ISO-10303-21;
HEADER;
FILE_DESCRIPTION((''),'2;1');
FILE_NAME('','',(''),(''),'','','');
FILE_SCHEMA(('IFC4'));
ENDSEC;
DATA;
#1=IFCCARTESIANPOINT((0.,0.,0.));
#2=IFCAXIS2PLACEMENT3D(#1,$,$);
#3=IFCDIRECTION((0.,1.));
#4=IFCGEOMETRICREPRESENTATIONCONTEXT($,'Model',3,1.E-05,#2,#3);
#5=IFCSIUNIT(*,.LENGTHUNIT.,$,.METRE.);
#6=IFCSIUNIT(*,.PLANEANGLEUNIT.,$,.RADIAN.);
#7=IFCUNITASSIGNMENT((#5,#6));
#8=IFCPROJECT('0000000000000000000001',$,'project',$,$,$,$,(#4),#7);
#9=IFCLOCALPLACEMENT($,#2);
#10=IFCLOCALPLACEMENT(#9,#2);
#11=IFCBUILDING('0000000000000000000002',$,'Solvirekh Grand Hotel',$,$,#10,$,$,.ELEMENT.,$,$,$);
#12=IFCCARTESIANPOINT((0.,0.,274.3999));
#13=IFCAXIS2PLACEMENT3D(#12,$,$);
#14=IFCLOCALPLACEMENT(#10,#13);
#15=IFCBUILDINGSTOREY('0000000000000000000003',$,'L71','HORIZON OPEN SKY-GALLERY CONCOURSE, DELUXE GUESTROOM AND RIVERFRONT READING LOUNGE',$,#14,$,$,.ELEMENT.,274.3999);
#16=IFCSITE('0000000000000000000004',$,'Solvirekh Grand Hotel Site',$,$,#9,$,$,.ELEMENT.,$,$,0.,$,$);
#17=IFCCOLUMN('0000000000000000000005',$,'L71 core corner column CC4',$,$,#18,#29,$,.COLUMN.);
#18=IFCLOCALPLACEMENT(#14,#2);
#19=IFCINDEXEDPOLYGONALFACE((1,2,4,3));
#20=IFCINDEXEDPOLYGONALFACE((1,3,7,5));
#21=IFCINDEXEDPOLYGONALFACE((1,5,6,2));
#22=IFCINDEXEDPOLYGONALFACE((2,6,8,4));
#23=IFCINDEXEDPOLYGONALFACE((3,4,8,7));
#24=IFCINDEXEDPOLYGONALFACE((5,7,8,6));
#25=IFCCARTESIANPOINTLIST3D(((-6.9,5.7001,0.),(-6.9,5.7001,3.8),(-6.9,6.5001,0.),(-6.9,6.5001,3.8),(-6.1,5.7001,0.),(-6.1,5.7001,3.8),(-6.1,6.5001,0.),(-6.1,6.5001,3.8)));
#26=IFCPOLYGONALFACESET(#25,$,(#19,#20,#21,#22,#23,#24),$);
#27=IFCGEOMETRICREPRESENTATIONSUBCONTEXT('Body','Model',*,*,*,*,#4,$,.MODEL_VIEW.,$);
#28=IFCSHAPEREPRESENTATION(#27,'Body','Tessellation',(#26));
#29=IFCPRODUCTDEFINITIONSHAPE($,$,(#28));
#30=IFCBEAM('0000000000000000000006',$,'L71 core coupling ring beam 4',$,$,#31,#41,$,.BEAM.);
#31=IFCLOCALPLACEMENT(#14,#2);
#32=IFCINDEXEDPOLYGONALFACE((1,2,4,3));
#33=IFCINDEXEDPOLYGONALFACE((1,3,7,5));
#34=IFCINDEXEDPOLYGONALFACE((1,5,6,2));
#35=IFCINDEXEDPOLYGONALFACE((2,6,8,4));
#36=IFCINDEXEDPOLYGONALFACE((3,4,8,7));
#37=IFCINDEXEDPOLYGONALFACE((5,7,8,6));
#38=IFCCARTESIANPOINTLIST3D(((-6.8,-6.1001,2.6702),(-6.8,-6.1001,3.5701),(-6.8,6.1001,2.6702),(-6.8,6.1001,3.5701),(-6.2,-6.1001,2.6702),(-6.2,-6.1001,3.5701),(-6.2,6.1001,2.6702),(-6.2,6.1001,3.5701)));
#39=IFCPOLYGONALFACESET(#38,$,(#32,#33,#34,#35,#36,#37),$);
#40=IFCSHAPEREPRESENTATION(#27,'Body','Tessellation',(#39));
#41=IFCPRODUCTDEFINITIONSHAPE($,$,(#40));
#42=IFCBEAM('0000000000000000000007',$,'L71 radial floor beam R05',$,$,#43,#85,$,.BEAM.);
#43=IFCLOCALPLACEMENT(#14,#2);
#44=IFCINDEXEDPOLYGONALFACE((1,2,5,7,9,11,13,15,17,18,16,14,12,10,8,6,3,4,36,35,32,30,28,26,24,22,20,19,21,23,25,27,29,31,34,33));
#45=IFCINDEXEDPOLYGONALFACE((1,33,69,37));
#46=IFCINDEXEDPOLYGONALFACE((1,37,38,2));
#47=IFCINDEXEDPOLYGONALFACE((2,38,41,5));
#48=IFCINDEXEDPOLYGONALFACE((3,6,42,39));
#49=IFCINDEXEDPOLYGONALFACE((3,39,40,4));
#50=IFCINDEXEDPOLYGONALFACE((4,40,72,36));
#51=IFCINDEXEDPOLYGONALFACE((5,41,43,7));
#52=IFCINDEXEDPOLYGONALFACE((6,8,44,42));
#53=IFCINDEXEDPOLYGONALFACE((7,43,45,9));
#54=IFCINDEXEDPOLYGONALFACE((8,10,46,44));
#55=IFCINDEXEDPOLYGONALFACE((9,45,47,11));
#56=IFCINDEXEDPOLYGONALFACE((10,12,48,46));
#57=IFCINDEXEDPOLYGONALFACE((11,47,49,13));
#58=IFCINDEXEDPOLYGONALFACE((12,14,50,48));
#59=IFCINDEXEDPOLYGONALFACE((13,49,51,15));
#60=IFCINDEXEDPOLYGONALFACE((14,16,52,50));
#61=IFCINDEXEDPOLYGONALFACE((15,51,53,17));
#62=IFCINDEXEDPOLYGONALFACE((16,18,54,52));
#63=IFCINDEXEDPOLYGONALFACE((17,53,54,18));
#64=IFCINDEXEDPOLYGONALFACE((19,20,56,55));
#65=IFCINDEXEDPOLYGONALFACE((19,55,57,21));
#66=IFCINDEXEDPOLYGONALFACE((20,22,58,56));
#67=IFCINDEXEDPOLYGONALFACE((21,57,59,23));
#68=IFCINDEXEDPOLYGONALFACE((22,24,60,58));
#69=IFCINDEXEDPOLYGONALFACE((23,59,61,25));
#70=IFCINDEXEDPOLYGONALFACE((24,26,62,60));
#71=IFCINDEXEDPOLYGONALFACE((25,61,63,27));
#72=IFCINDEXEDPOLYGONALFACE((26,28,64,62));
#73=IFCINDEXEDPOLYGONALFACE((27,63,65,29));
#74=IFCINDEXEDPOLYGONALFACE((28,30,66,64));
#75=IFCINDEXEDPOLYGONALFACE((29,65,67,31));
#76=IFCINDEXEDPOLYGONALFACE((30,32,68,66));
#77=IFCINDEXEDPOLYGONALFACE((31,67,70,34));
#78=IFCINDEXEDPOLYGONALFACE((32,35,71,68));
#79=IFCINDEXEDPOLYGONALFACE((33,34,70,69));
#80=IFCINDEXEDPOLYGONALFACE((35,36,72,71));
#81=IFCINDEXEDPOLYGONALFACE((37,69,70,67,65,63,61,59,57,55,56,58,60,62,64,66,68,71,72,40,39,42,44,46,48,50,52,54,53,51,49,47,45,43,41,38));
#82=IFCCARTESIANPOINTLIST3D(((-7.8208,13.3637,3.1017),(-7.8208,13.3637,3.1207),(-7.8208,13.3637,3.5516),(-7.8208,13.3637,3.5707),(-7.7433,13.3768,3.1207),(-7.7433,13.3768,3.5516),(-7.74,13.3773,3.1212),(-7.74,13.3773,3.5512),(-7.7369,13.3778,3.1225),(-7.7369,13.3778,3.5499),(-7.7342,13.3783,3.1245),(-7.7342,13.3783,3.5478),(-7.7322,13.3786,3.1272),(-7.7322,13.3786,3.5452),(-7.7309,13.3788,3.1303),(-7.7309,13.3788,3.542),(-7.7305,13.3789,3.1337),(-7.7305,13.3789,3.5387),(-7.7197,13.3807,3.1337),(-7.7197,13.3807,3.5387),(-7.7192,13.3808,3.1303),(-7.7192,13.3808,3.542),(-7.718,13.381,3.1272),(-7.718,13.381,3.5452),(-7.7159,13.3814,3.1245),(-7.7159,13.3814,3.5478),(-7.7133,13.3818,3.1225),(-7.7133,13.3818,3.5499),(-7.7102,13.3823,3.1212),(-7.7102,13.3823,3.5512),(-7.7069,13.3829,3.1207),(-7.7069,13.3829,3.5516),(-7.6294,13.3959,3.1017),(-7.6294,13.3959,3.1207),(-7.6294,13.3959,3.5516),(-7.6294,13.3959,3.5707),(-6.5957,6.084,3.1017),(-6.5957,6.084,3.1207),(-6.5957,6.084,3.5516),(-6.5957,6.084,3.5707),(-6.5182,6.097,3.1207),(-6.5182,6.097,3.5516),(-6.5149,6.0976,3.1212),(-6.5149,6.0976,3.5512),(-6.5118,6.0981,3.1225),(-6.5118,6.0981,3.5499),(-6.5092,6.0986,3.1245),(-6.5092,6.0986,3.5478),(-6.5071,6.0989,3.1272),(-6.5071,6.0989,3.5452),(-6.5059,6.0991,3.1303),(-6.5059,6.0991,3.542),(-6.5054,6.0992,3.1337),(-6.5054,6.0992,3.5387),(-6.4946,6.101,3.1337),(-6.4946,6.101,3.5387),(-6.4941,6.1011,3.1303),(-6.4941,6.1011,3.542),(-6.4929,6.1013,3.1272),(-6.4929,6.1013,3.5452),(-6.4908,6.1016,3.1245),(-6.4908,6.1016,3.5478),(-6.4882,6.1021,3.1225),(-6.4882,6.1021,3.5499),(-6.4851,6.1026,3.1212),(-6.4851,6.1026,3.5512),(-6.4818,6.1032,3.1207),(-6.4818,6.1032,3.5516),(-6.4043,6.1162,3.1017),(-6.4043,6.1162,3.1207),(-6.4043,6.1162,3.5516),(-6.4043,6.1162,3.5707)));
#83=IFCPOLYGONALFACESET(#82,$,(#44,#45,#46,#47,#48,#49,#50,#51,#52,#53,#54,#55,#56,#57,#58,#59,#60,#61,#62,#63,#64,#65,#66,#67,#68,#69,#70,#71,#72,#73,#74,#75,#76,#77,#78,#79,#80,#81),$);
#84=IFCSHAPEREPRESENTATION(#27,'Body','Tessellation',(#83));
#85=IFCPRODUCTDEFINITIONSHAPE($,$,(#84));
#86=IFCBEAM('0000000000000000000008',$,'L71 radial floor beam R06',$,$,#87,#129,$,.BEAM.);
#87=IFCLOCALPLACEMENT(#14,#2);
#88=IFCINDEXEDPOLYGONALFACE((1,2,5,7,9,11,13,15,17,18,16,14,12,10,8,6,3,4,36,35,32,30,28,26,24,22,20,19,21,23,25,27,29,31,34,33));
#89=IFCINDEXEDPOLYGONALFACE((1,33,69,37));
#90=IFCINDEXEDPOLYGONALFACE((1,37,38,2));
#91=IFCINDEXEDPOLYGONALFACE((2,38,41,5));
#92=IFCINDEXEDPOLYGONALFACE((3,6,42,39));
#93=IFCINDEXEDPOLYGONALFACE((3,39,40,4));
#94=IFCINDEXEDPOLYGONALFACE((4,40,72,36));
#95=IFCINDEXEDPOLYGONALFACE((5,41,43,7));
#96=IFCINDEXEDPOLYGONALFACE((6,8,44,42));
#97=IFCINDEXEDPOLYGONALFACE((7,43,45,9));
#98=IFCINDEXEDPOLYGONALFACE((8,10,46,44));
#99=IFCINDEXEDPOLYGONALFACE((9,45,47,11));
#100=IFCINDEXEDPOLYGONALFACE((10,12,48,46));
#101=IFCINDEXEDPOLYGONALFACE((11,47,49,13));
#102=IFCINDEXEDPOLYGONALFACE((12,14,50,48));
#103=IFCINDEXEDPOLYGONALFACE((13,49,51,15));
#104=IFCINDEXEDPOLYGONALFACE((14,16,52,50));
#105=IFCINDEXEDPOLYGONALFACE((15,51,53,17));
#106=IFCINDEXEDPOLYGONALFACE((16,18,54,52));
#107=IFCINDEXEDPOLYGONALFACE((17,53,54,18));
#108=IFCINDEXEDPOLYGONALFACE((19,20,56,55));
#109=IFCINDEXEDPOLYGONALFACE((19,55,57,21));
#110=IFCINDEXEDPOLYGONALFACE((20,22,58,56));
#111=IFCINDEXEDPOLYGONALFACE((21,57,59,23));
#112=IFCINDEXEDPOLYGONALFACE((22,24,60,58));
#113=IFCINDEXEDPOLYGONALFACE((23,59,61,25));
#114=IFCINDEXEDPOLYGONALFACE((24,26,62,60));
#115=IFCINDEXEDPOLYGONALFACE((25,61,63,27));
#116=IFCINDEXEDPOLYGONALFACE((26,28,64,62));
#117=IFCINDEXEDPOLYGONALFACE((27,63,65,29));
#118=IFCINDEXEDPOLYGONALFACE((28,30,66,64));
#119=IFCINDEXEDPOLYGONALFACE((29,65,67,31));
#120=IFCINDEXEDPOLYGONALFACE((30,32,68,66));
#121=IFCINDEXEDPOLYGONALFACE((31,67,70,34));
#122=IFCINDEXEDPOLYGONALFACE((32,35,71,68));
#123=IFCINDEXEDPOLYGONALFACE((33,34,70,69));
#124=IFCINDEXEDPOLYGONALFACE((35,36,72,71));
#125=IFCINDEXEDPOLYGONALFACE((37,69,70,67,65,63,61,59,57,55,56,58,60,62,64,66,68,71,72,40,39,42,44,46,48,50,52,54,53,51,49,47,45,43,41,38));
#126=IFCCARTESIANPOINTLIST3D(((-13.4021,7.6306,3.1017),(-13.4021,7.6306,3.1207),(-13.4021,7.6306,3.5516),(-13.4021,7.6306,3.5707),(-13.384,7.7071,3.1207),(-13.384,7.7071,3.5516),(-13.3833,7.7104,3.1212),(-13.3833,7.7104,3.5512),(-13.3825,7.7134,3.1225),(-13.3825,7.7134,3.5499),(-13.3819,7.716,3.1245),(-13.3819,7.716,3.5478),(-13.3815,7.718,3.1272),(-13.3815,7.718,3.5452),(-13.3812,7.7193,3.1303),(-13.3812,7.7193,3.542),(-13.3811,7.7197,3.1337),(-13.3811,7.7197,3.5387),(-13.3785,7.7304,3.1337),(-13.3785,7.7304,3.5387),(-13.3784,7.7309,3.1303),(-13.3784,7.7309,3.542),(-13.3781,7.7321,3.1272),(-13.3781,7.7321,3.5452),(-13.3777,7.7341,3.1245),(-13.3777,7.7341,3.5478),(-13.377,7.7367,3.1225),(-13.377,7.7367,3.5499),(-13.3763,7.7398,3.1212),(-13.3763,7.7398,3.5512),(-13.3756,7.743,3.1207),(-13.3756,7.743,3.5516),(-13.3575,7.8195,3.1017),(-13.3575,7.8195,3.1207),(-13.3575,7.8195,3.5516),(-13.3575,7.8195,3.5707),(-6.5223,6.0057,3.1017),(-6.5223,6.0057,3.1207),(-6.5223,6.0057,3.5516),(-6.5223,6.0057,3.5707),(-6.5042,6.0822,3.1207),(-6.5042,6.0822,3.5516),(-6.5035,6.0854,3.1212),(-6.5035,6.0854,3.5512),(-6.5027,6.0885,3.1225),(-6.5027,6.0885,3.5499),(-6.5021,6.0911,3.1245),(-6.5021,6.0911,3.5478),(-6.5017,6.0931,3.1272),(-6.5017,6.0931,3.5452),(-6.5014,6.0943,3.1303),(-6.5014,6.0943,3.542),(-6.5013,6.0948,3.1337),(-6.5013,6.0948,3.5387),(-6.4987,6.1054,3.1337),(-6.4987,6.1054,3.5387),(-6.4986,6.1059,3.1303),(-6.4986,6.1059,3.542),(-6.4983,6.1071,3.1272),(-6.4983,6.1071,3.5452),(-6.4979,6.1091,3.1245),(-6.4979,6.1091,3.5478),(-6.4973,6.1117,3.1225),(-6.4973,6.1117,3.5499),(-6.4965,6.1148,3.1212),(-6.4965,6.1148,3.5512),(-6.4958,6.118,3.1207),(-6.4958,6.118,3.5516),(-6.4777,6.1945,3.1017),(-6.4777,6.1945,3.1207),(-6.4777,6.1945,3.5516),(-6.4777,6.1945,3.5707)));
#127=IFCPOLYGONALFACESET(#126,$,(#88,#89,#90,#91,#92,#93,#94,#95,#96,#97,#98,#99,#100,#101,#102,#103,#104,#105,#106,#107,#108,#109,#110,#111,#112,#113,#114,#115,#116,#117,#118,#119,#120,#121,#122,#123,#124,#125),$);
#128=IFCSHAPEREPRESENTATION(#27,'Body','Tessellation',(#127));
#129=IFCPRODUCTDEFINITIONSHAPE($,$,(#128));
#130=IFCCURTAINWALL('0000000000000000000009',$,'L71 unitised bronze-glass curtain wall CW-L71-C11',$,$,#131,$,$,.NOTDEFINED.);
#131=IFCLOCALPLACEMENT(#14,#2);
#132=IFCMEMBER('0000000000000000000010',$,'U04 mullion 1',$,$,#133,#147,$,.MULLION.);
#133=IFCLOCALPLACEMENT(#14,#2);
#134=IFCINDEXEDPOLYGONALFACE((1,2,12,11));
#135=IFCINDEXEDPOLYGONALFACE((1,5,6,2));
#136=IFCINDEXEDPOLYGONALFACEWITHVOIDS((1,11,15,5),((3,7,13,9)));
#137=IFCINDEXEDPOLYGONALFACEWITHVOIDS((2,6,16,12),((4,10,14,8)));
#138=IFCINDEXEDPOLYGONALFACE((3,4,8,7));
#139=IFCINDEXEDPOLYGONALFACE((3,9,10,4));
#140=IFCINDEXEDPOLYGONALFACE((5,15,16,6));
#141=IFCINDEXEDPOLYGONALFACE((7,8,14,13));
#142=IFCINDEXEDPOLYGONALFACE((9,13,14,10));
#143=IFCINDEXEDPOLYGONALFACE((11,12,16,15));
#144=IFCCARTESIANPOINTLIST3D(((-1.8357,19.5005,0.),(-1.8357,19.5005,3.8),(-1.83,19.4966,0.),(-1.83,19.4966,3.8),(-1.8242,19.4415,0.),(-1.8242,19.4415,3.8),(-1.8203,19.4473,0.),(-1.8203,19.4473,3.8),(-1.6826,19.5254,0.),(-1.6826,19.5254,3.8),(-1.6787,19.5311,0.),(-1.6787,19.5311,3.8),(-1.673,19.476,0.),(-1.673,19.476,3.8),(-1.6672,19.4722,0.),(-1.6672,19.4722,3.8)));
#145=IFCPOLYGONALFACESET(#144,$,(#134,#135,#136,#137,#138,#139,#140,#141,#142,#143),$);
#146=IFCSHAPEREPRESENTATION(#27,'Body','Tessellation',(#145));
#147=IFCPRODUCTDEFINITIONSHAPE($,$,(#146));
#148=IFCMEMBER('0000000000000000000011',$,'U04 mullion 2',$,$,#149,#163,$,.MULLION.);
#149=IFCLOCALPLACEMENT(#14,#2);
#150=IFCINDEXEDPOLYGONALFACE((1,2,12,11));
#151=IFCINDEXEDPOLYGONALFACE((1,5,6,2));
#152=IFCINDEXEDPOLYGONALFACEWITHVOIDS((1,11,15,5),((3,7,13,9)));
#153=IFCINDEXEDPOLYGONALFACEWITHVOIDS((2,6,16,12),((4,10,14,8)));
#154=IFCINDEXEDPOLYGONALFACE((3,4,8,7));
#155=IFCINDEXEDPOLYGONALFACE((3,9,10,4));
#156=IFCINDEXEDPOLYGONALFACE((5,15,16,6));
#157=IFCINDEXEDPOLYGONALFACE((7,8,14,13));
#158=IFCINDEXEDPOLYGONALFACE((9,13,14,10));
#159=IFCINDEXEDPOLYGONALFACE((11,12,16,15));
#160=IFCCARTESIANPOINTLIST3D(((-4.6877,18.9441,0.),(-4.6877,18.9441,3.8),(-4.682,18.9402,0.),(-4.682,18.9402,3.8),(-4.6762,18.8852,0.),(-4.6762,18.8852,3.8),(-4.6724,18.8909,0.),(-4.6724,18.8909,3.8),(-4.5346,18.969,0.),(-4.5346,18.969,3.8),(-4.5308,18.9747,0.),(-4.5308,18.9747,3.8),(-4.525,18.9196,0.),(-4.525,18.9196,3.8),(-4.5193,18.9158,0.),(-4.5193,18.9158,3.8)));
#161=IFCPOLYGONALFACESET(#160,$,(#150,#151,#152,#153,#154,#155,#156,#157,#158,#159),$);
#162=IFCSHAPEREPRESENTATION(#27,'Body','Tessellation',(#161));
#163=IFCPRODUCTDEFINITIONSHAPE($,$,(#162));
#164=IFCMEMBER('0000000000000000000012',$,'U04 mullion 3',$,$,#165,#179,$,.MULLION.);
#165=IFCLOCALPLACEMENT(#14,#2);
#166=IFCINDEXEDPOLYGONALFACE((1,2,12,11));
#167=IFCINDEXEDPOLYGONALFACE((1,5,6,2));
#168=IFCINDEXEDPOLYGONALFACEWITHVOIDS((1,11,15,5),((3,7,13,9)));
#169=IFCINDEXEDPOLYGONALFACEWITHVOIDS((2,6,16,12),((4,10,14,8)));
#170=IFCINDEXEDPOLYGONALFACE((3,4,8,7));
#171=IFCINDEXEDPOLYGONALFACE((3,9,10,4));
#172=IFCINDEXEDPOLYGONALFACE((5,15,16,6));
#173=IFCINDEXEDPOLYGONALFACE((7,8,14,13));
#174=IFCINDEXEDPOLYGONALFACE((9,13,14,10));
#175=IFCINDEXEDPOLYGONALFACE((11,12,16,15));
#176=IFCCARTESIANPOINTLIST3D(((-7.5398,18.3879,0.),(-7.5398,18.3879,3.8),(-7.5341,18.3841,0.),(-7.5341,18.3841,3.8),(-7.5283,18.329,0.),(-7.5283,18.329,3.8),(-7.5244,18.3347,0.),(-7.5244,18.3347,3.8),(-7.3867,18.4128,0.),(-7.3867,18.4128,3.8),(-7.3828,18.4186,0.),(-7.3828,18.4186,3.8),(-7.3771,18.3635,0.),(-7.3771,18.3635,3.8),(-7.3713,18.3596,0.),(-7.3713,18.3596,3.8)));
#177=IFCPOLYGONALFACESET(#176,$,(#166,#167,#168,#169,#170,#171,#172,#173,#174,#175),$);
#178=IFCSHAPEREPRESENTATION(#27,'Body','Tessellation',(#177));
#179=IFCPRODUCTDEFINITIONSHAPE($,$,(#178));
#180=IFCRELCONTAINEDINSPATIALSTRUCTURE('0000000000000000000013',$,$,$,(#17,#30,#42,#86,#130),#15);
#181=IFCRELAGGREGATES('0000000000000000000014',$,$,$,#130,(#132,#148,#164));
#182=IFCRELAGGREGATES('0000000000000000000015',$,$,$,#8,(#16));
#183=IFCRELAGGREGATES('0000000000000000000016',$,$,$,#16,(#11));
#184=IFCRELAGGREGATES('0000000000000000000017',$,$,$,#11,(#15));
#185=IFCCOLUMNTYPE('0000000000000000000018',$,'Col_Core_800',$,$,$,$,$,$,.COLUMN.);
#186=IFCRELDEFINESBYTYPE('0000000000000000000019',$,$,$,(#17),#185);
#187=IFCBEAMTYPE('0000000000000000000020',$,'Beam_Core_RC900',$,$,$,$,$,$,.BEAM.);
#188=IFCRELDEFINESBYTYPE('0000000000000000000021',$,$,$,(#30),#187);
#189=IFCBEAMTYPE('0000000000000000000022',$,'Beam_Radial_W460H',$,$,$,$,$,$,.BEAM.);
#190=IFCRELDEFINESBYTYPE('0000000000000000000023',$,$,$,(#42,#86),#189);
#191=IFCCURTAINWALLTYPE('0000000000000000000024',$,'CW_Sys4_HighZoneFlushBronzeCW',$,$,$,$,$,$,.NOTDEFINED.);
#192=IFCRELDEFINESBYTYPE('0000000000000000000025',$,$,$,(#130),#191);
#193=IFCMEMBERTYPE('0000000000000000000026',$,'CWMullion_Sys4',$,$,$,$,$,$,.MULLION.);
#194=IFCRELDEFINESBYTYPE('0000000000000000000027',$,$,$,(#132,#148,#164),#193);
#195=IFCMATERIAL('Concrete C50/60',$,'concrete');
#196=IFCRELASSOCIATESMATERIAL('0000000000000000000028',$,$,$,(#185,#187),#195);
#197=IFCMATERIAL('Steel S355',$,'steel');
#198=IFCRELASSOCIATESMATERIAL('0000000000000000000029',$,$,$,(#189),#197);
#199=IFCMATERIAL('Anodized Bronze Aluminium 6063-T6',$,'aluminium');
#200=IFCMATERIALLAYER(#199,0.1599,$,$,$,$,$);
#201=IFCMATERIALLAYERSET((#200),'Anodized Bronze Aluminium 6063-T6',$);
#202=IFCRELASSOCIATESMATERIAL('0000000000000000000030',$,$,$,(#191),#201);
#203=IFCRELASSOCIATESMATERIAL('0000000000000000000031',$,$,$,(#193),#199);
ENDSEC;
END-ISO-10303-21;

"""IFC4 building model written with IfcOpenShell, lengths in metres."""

from ifc_helpers import new_model, si_unit, direction, frame, origin, origin_2d, place, context, subcontext, project, spatial, rectangle, hollow_rectangle, i_section, extrude, source, transform, mapped, material, layer, layer_set, material_profile, profile_set, type_object, element, aggregate, save


model = new_model("IFC4")

# Units and contexts
model_context = context("Model", 3, precision=1e-05, world=origin(), true_north=direction((0.0, 1.0)))
body_context = subcontext(model_context, "Body", "Model", "MODEL_VIEW")
ifc_project = project(units=[si_unit("LENGTHUNIT", "METRE"), si_unit("PLANEANGLEUNIT", "RADIAN")], contexts=[model_context])

# Site, building, storey
site_placement = place(None, origin())
site = spatial("IfcSite", under=ifc_project, at=site_placement, Name="Solvirekh Grand Hotel Site", CompositionType="ELEMENT", RefElevation=0.0)
building_placement = place(site_placement, origin())
building = spatial("IfcBuilding", under=site, at=building_placement, Name="Solvirekh Grand Hotel", CompositionType="ELEMENT")
storey_placement = place(building_placement, frame((0.0, 0.0, 274.3999)))
storey = spatial("IfcBuildingStorey", under=building, at=storey_placement, Name="L71", Description="HORIZON OPEN SKY-GALLERY CONCOURSE, DELUXE GUESTROOM AND RIVERFRONT READING LOUNGE", CompositionType="ELEMENT", Elevation=274.3999)

# Column
ifc_material_1 = material(Name="Concrete C50/60", Category="concrete")
ifc_material_profile_1 = material_profile(ifc_material_1, rectangle(XDim=0.8, YDim=0.8, at=origin_2d()), Name="RC 800X800")
ifc_profile_set_1 = profile_set([ifc_material_profile_1], Name="Concrete C50/60")
column_type = type_object("IfcColumnType", Name="Col_Core_800", PredefinedType="COLUMN", material=ifc_profile_set_1)
column_placement = place(storey_placement, frame((-6.5, 6.1001, 0.0), z_axis=(0.0, 0.0, 1.0), x_axis=(1.0, 0.0, 0.0)))
element("IfcColumn", 1, at=column_placement, inside=storey, type_object=column_type, Name="L71 core corner column CC4", PredefinedType="COLUMN", context=body_context, shape_type="SweptSolid", body=[
    extrude(rectangle(XDim=0.8, YDim=0.8, at=origin_2d()), origin(), (0.0, 0.0, 1.0), 3.8),
])

# Beams
ifc_material_profile_2 = material_profile(ifc_material_1, rectangle(XDim=0.6001, YDim=0.8999, at=origin_2d()), Name="RC BEAM 600X900")
ifc_profile_set_2 = profile_set([ifc_material_profile_2], Name="Concrete C50/60")
beam_type_1 = type_object("IfcBeamType", Name="Beam_Core_RC900", PredefinedType="BEAM", material=ifc_profile_set_2)
beam_1_placement = place(storey_placement, frame((-6.5, 6.1001, 3.1201), z_axis=(0.0, -1.0, 0.0), x_axis=(1.0, 0.0, 0.0)))
element("IfcBeam", 2, at=beam_1_placement, inside=storey, type_object=beam_type_1, Name="L71 core coupling ring beam 4", PredefinedType="BEAM", context=body_context, shape_type="SweptSolid", body=[
    extrude(rectangle(XDim=0.6001, YDim=0.8999, at=origin_2d()), origin(), (0.0, 0.0, 1.0), 12.2002),
])
ifc_material_2 = material(Name="Steel S355", Category="steel")
ifc_material_profile_3 = material_profile(ifc_material_2, i_section(OverallWidth=0.1941, OverallDepth=0.469, WebThickness=0.011, FlangeThickness=0.019, FilletRadius=0.0129, at=origin_2d()), Name="W460X106")
ifc_profile_set_3 = profile_set([ifc_material_profile_3], Name="Steel S355")
beam_type_2 = type_object("IfcBeamType", Name="Beam_Radial_W460H", PredefinedType="BEAM", material=ifc_profile_set_3)
beam_2_placement = place(storey_placement, frame((-6.5, 6.1001, 3.3362), z_axis=(-0.165954, 0.986133, 0.0), x_axis=(-0.986133, -0.165954, 0.0)))
element("IfcBeam", 3, at=beam_2_placement, inside=storey, type_object=beam_type_2, Name="L71 radial floor beam R05", PredefinedType="BEAM", context=body_context, shape_type="SweptSolid", body=[
    extrude(i_section(OverallWidth=0.1941, OverallDepth=0.469, WebThickness=0.011, FlangeThickness=0.019, FilletRadius=0.0129, at=origin_2d()), origin(), (0.0, 0.0, 1.0), 7.3821),
])
beam_3_placement = place(storey_placement, frame((-6.5, 6.1001, 3.3362), z_axis=(-0.973221, 0.229871, 0.0), x_axis=(-0.229871, -0.973221, 0.0)))
element("IfcBeam", 4, at=beam_3_placement, inside=storey, type_object=beam_type_2, Name="L71 radial floor beam R06", PredefinedType="BEAM", context=body_context, shape_type="SweptSolid", body=[
    extrude(i_section(OverallWidth=0.1941, OverallDepth=0.469, WebThickness=0.011, FlangeThickness=0.019, FilletRadius=0.0129, at=origin_2d()), origin(), (0.0, 0.0, 1.0), 7.0691),
])

# Curtain wall, members
ifc_material_3 = material(Name="Anodized Bronze Aluminium 6063-T6", Category="aluminium")
ifc_layer_1 = layer(ifc_material_3, 0.1599)
ifc_layer_set_1 = layer_set([ifc_layer_1], Name="Anodized Bronze Aluminium 6063-T6")
curtain_wall_type = type_object("IfcCurtainWallType", Name="CW_Sys4_HighZoneFlushBronzeCW", PredefinedType="NOTDEFINED", material=ifc_layer_set_1)
curtain_wall_placement = place(storey_placement, origin())
curtain_wall = element("IfcCurtainWall", 5, at=curtain_wall_placement, inside=storey, type_object=curtain_wall_type, Name="L71 unitised bronze-glass curtain wall CW-L71-C11", PredefinedType="NOTDEFINED")
ifc_material_profile_4 = material_profile(ifc_material_3, hollow_rectangle(XDim=0.0601, YDim=0.1599, WallThickness=0.0049, at=origin_2d()), Name="ALU RHS 160X60X5")
ifc_profile_set_4 = profile_set([ifc_material_profile_4], Name="Anodized Bronze Aluminium 6063-T6")
member_type_1 = type_object("IfcMemberType", Name="CWMullion_Sys4", PredefinedType="MULLION", material=ifc_profile_set_4)
shared_shape_1 = source(origin(), body_context, "Body", "SweptSolid", [
    extrude(hollow_rectangle(XDim=0.0601, YDim=0.1599, WallThickness=0.0049, at=origin_2d()), origin(), (0.0, 0.0, 1.0), 3.8),
])
member_1_placement = place(storey_placement, frame((-1.7515, 19.4863, 0.0), z_axis=(0.0, 0.0, 1.0), x_axis=(0.19143, -0.981506, 0.0)))
member_1 = element("IfcMember", 6, at=member_1_placement, type_object=member_type_1, Name="U04 mullion 1", PredefinedType="MULLION", context=body_context, shape_type="MappedRepresentation", body=[
    mapped(shared_shape_1, transform((0.0, 0.0, 0.0), x_axis=(1.0, 0.0, 0.0), y_axis=(0.0, 1.0, 0.0), z_axis=(0.0, 0.0, 1.0), scale=1.0)),
])
member_2_placement = place(storey_placement, frame((-4.6035, 18.9299, 0.0), z_axis=(0.0, 0.0, 1.0), x_axis=(0.19143, -0.981506, 0.0)))
member_2 = element("IfcMember", 7, at=member_2_placement, type_object=member_type_1, Name="U04 mullion 2", PredefinedType="MULLION", context=body_context, shape_type="MappedRepresentation", body=[
    mapped(shared_shape_1, transform((0.0, 0.0, 0.0), x_axis=(1.0, 0.0, 0.0), y_axis=(0.0, 1.0, 0.0), z_axis=(0.0, 0.0, 1.0), scale=1.0)),
])
member_3_placement = place(storey_placement, frame((-7.4556, 18.3738, 0.0), z_axis=(0.0, 0.0, 1.0), x_axis=(0.19143, -0.981506, 0.0)))
member_3 = element("IfcMember", 8, at=member_3_placement, type_object=member_type_1, Name="U04 mullion 3", PredefinedType="MULLION", context=body_context, shape_type="MappedRepresentation", body=[
    mapped(shared_shape_1, transform((0.0, 0.0, 0.0), x_axis=(1.0, 0.0, 0.0), y_axis=(0.0, 1.0, 0.0), z_axis=(0.0, 0.0, 1.0), scale=1.0)),
])
aggregate(curtain_wall, [member_1, member_2, member_3])

save(model, "model.ifc")
